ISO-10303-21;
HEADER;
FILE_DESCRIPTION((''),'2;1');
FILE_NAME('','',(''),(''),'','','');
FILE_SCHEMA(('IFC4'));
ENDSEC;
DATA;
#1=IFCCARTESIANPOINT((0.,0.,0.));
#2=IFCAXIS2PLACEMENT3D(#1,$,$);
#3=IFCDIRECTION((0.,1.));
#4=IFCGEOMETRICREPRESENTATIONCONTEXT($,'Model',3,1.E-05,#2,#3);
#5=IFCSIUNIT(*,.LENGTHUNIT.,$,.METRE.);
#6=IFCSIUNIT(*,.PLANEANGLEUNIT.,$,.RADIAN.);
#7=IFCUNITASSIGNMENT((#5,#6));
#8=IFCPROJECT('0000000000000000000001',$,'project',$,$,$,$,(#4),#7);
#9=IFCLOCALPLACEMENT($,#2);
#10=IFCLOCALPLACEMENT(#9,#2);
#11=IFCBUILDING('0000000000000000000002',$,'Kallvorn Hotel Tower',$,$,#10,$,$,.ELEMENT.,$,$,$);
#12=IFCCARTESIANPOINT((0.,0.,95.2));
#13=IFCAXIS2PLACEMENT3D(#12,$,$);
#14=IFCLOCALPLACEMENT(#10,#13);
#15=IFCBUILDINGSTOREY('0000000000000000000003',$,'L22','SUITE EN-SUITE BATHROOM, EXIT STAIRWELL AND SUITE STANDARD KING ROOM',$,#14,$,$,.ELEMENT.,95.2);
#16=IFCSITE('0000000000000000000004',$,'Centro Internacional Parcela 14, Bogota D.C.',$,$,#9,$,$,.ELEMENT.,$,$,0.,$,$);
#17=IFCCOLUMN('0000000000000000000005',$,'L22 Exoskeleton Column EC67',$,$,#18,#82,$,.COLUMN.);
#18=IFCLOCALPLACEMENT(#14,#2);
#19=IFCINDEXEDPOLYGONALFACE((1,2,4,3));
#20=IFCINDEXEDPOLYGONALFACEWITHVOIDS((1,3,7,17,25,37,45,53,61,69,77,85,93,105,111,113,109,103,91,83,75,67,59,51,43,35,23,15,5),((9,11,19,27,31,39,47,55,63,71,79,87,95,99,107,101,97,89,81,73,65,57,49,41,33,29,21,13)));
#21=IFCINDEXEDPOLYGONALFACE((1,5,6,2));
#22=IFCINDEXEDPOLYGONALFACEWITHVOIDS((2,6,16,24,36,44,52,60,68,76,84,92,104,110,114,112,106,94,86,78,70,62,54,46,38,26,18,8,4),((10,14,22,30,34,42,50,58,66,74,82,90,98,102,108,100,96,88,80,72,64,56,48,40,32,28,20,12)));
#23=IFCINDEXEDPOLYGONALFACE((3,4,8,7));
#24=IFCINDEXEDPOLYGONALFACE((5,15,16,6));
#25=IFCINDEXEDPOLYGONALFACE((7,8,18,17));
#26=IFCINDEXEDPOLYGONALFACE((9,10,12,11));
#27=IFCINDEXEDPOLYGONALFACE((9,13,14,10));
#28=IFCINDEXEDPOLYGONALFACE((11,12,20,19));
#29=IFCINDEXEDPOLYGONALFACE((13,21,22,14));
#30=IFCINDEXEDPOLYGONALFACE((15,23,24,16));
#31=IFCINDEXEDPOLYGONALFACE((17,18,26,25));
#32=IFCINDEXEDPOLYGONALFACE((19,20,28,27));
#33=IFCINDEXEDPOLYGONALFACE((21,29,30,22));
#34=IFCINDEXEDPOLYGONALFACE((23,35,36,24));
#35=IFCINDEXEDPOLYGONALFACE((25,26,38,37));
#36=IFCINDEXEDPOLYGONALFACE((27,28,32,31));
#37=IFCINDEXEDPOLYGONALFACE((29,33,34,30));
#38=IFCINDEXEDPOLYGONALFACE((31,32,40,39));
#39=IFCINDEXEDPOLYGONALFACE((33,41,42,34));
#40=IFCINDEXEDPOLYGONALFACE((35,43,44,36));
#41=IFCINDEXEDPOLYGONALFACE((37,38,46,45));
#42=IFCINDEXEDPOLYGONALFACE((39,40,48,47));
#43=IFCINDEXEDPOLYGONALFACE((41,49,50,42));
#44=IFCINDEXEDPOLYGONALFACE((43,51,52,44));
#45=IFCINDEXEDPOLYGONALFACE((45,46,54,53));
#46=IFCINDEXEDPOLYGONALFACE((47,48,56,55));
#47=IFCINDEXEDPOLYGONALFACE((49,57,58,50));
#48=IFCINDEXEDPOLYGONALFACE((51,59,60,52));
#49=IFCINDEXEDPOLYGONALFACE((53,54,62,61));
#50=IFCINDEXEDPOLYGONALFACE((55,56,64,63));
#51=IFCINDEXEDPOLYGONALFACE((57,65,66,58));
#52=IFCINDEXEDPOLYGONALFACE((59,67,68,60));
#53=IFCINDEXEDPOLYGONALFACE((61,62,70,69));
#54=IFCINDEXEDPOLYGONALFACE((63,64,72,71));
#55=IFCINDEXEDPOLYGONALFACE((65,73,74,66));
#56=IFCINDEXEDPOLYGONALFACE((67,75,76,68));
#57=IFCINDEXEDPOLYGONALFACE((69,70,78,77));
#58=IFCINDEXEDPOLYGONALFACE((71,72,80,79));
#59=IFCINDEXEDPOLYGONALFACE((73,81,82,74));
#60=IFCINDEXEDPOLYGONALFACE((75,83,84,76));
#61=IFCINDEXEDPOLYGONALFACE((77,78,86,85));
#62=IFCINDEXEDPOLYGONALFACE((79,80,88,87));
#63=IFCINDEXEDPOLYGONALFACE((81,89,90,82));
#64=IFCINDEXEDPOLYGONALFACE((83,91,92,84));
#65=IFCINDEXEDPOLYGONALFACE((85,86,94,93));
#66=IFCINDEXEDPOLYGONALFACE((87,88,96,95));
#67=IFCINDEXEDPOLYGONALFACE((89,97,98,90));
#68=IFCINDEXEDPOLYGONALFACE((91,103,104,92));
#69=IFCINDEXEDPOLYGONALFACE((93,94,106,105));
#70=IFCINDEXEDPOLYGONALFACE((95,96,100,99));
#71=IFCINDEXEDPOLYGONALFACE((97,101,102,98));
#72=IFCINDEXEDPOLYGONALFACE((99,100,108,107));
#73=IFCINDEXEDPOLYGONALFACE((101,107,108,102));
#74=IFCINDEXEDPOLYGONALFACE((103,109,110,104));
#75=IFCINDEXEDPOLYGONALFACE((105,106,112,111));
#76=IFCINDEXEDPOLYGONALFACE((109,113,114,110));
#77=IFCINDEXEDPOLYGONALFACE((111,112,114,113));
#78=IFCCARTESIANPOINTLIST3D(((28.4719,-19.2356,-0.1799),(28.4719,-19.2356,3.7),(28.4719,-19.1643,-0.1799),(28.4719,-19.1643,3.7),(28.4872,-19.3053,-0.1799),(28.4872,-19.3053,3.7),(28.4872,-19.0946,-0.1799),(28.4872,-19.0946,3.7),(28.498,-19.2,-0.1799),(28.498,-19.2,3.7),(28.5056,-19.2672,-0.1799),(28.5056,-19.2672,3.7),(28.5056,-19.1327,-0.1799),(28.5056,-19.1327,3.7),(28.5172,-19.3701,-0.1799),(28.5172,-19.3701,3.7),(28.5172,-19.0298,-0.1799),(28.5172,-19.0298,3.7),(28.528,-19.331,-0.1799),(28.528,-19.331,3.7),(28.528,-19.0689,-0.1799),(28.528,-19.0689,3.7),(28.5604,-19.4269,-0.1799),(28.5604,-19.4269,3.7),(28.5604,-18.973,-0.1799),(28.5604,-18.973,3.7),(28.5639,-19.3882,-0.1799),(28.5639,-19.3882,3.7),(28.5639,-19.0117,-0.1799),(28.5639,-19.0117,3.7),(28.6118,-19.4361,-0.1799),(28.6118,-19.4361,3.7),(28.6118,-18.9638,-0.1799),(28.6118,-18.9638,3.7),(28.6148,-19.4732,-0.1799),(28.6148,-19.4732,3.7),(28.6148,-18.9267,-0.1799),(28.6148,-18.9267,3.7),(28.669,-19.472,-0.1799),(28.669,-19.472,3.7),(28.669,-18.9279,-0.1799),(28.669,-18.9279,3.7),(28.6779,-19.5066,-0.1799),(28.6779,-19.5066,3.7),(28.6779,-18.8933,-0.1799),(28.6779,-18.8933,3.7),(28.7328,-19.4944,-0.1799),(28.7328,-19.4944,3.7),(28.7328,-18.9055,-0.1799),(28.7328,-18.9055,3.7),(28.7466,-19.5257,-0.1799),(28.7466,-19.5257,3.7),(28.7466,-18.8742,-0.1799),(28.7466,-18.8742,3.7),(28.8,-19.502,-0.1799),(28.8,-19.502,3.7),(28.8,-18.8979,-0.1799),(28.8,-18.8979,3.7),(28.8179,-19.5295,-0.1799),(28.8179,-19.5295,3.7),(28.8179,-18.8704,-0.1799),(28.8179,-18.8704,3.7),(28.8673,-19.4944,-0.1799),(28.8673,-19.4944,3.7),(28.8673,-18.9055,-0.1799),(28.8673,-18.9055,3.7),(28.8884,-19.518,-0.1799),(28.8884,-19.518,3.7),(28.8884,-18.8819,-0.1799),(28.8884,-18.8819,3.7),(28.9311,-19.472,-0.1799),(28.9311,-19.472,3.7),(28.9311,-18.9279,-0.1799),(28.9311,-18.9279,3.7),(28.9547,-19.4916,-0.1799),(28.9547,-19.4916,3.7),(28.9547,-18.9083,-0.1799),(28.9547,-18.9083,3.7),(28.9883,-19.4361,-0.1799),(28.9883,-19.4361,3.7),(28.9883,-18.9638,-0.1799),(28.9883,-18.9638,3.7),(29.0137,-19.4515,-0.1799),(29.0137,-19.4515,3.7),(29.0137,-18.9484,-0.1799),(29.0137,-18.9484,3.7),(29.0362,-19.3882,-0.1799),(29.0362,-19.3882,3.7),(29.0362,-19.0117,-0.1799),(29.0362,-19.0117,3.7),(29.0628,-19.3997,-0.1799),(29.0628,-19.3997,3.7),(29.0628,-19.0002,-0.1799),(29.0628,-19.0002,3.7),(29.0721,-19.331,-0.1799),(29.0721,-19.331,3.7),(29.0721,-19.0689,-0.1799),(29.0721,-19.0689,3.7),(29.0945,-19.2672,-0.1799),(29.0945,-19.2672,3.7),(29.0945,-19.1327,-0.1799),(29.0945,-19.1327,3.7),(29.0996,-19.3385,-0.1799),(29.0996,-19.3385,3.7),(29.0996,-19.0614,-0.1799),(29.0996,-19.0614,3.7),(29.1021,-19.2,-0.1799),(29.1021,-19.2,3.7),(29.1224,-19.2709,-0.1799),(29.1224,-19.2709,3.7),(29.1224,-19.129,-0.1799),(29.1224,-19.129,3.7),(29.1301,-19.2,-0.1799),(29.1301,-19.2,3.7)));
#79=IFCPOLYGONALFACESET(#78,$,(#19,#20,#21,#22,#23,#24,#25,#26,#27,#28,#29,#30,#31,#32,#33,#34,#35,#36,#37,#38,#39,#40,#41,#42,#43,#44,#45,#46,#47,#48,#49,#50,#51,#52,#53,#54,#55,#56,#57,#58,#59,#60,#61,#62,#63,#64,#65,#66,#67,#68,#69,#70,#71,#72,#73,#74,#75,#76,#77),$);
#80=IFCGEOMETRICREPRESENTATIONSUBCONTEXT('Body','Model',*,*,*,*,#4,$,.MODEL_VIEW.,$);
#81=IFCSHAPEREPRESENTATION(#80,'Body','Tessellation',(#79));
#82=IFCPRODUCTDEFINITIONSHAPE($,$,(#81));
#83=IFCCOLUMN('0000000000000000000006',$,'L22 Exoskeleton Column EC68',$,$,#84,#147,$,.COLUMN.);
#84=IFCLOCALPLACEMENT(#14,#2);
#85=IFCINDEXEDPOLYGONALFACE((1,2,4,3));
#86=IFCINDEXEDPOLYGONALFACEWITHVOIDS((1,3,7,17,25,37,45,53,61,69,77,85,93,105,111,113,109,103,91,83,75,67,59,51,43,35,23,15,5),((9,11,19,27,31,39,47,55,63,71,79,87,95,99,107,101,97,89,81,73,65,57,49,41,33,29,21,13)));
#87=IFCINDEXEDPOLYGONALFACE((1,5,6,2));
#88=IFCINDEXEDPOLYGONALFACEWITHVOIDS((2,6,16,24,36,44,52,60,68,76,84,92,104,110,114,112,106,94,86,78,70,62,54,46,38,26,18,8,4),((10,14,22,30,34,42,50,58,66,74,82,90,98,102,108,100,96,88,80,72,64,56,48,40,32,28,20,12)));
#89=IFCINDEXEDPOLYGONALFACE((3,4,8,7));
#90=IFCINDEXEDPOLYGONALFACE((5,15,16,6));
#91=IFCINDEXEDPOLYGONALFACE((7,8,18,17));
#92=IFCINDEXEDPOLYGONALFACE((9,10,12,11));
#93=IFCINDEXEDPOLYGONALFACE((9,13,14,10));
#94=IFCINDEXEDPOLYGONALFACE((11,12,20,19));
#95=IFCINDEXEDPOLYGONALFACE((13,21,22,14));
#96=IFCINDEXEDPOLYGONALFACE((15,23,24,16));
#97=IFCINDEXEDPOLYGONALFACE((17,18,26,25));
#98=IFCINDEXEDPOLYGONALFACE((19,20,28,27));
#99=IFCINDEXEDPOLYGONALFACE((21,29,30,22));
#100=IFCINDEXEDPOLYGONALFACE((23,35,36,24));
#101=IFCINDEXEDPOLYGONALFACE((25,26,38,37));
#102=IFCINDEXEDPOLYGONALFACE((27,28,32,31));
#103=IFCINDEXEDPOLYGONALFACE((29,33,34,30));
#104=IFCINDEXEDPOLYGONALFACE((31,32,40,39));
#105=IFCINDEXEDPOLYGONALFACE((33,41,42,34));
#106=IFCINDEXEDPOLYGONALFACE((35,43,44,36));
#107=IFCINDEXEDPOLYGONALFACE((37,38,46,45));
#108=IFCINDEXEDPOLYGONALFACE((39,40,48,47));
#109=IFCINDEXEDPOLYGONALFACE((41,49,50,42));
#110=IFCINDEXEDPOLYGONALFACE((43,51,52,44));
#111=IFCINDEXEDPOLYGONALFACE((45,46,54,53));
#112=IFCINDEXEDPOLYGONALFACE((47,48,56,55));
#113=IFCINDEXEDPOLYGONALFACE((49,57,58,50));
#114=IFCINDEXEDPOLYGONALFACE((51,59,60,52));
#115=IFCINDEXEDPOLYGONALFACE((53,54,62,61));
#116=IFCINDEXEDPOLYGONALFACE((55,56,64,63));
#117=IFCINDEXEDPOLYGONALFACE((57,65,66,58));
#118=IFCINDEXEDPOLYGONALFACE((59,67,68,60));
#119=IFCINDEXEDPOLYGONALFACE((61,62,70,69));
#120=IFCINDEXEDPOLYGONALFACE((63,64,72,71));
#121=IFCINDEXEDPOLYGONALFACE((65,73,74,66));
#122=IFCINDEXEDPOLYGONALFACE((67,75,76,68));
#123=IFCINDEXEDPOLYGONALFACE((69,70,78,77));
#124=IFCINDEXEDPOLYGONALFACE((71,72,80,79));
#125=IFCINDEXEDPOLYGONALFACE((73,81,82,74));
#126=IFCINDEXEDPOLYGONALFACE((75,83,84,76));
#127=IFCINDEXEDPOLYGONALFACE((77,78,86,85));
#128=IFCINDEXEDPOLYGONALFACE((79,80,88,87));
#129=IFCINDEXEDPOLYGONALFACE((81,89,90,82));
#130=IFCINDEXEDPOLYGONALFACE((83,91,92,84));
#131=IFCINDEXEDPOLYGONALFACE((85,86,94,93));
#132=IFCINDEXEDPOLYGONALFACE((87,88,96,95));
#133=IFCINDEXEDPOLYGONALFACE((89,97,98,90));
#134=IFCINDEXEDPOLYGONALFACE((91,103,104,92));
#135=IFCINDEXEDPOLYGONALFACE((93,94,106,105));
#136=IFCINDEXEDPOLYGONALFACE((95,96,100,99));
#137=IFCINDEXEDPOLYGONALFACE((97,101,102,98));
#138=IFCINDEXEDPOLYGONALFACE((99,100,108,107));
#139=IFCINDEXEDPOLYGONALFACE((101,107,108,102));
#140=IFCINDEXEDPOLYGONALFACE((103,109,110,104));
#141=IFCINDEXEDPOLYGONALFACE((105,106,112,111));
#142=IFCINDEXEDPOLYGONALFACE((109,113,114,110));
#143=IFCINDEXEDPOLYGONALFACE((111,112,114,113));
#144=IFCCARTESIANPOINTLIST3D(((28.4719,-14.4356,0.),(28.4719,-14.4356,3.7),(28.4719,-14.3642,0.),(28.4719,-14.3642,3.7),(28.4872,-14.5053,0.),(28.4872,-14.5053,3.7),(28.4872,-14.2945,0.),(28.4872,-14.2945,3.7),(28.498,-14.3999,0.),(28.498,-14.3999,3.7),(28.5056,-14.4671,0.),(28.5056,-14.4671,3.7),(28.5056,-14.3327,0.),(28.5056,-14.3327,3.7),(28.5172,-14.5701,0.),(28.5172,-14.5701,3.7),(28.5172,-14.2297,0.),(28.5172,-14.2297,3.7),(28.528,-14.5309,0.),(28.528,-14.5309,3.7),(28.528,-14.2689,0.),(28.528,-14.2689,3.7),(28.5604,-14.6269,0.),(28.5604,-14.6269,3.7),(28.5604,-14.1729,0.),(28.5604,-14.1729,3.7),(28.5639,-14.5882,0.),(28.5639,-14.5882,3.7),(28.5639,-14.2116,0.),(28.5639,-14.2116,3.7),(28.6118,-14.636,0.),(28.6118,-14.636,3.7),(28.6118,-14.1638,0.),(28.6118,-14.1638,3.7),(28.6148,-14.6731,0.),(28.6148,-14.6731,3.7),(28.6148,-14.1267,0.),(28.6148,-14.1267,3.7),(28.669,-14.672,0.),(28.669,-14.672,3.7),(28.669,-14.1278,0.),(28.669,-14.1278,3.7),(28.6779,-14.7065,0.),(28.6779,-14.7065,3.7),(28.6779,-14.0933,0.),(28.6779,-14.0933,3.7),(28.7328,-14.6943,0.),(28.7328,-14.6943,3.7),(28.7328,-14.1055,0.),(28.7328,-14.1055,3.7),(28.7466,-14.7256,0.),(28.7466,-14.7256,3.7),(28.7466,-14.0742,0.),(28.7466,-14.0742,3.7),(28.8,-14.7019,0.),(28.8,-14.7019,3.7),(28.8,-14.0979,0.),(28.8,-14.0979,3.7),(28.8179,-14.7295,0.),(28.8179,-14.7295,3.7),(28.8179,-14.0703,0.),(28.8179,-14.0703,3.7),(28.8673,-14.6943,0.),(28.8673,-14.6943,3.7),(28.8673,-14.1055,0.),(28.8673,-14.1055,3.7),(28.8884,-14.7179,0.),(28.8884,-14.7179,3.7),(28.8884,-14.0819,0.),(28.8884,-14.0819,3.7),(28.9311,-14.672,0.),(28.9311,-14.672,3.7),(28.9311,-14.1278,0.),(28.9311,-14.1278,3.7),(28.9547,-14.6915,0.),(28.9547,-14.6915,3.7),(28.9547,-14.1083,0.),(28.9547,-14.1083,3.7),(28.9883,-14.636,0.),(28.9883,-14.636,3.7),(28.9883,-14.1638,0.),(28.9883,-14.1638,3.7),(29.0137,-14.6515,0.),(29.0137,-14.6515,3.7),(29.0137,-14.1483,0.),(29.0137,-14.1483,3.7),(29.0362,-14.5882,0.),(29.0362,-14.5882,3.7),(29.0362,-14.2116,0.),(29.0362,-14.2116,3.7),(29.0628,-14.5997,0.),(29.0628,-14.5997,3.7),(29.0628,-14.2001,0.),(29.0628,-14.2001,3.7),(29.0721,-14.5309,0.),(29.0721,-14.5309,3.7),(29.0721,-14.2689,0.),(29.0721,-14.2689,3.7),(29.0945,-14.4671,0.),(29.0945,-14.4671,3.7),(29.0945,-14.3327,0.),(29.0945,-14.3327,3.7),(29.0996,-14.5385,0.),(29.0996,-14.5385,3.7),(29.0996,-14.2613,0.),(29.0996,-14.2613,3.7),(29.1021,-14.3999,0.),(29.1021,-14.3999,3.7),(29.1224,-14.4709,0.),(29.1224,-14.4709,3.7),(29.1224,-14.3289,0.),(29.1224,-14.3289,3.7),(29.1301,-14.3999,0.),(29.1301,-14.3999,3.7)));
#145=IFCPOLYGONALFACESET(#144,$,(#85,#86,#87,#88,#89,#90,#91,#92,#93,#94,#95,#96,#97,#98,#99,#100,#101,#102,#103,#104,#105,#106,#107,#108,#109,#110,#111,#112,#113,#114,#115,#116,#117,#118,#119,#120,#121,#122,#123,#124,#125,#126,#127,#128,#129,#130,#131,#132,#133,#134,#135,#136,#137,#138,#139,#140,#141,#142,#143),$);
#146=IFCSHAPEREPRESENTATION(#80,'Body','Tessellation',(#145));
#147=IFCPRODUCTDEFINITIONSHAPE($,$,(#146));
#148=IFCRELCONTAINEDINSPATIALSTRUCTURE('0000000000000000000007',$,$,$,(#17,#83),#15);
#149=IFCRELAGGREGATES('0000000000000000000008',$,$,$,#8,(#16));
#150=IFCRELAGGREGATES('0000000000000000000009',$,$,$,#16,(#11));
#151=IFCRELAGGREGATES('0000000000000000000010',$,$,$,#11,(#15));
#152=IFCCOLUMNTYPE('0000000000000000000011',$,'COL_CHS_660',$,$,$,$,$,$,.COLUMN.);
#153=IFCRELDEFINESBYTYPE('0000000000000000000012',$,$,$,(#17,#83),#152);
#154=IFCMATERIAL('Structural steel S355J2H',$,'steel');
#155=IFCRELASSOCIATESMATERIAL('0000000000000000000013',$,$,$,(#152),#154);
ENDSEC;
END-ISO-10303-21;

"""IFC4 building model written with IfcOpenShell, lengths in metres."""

from ifc_helpers import new_model, si_unit, direction, frame, origin, origin_2d, place, context, subcontext, project, spatial, hollow_circle, extrude, material, material_profile, profile_set, type_object, element, save


model = new_model("IFC4")

# Units and contexts
model_context = context("Model", 3, precision=1e-05, world=origin(), true_north=direction((0.0, 1.0)))
body_context = subcontext(model_context, "Body", "Model", "MODEL_VIEW")
ifc_project = project(units=[si_unit("LENGTHUNIT", "METRE"), si_unit("PLANEANGLEUNIT", "RADIAN")], contexts=[model_context])

# Site, building, storey
site_placement = place(None, origin())
site = spatial("IfcSite", under=ifc_project, at=site_placement, Name="Centro Internacional Parcela 14, Bogota D.C.", CompositionType="ELEMENT", RefElevation=0.0)
building_placement = place(site_placement, origin())
building = spatial("IfcBuilding", under=site, at=building_placement, Name="Kallvorn Hotel Tower", CompositionType="ELEMENT")
storey_placement = place(building_placement, frame((0.0, 0.0, 95.2)))
storey = spatial("IfcBuildingStorey", under=building, at=storey_placement, Name="L22", Description="SUITE EN-SUITE BATHROOM, EXIT STAIRWELL AND SUITE STANDARD KING ROOM", CompositionType="ELEMENT", Elevation=95.2)

# Columns
ifc_material_1 = material(Name="Structural steel S355J2H", Category="steel")
ifc_material_profile_1 = material_profile(ifc_material_1, hollow_circle(Radius=0.3301, WallThickness=0.0281, at=origin_2d()), Name="CHS 660x28")
ifc_profile_set_1 = profile_set([ifc_material_profile_1], Name="Structural steel S355J2H")
column_type_1 = type_object("IfcColumnType", Name="COL_CHS_660", PredefinedType="COLUMN", material=ifc_profile_set_1)
column_1_placement = place(storey_placement, frame((28.8, -19.2, -0.1799), z_axis=(0.0, 0.0, 1.0), x_axis=(1.0, 0.0, 0.0)))
element("IfcColumn", 1, at=column_1_placement, inside=storey, type_object=column_type_1, Name="L22 Exoskeleton Column EC67", PredefinedType="COLUMN", context=body_context, shape_type="SweptSolid", body=[
    extrude(hollow_circle(Radius=0.3301, WallThickness=0.0281, at=origin_2d()), origin(), (0.0, 0.0, 1.0), 3.8799),
])
for number, where, z_axis, x_axis, name in (
    (2, (28.8, -14.3999, 0.0), (0.0, 0.0, 1.0), (1.0, 0.0, 0.0), "L22 Exoskeleton Column EC68"),
):
    element("IfcColumn", number, at=place(storey_placement, frame(where, z_axis=z_axis, x_axis=x_axis)), inside=storey, type_object=column_type_1, Name=name, PredefinedType="COLUMN", context=body_context, shape_type="SweptSolid", body=[
        extrude(hollow_circle(Radius=0.3301, WallThickness=0.0281, at=origin_2d()), origin(), (0.0, 0.0, 1.0), 3.7),
    ])

save(model, "model.ifc")
